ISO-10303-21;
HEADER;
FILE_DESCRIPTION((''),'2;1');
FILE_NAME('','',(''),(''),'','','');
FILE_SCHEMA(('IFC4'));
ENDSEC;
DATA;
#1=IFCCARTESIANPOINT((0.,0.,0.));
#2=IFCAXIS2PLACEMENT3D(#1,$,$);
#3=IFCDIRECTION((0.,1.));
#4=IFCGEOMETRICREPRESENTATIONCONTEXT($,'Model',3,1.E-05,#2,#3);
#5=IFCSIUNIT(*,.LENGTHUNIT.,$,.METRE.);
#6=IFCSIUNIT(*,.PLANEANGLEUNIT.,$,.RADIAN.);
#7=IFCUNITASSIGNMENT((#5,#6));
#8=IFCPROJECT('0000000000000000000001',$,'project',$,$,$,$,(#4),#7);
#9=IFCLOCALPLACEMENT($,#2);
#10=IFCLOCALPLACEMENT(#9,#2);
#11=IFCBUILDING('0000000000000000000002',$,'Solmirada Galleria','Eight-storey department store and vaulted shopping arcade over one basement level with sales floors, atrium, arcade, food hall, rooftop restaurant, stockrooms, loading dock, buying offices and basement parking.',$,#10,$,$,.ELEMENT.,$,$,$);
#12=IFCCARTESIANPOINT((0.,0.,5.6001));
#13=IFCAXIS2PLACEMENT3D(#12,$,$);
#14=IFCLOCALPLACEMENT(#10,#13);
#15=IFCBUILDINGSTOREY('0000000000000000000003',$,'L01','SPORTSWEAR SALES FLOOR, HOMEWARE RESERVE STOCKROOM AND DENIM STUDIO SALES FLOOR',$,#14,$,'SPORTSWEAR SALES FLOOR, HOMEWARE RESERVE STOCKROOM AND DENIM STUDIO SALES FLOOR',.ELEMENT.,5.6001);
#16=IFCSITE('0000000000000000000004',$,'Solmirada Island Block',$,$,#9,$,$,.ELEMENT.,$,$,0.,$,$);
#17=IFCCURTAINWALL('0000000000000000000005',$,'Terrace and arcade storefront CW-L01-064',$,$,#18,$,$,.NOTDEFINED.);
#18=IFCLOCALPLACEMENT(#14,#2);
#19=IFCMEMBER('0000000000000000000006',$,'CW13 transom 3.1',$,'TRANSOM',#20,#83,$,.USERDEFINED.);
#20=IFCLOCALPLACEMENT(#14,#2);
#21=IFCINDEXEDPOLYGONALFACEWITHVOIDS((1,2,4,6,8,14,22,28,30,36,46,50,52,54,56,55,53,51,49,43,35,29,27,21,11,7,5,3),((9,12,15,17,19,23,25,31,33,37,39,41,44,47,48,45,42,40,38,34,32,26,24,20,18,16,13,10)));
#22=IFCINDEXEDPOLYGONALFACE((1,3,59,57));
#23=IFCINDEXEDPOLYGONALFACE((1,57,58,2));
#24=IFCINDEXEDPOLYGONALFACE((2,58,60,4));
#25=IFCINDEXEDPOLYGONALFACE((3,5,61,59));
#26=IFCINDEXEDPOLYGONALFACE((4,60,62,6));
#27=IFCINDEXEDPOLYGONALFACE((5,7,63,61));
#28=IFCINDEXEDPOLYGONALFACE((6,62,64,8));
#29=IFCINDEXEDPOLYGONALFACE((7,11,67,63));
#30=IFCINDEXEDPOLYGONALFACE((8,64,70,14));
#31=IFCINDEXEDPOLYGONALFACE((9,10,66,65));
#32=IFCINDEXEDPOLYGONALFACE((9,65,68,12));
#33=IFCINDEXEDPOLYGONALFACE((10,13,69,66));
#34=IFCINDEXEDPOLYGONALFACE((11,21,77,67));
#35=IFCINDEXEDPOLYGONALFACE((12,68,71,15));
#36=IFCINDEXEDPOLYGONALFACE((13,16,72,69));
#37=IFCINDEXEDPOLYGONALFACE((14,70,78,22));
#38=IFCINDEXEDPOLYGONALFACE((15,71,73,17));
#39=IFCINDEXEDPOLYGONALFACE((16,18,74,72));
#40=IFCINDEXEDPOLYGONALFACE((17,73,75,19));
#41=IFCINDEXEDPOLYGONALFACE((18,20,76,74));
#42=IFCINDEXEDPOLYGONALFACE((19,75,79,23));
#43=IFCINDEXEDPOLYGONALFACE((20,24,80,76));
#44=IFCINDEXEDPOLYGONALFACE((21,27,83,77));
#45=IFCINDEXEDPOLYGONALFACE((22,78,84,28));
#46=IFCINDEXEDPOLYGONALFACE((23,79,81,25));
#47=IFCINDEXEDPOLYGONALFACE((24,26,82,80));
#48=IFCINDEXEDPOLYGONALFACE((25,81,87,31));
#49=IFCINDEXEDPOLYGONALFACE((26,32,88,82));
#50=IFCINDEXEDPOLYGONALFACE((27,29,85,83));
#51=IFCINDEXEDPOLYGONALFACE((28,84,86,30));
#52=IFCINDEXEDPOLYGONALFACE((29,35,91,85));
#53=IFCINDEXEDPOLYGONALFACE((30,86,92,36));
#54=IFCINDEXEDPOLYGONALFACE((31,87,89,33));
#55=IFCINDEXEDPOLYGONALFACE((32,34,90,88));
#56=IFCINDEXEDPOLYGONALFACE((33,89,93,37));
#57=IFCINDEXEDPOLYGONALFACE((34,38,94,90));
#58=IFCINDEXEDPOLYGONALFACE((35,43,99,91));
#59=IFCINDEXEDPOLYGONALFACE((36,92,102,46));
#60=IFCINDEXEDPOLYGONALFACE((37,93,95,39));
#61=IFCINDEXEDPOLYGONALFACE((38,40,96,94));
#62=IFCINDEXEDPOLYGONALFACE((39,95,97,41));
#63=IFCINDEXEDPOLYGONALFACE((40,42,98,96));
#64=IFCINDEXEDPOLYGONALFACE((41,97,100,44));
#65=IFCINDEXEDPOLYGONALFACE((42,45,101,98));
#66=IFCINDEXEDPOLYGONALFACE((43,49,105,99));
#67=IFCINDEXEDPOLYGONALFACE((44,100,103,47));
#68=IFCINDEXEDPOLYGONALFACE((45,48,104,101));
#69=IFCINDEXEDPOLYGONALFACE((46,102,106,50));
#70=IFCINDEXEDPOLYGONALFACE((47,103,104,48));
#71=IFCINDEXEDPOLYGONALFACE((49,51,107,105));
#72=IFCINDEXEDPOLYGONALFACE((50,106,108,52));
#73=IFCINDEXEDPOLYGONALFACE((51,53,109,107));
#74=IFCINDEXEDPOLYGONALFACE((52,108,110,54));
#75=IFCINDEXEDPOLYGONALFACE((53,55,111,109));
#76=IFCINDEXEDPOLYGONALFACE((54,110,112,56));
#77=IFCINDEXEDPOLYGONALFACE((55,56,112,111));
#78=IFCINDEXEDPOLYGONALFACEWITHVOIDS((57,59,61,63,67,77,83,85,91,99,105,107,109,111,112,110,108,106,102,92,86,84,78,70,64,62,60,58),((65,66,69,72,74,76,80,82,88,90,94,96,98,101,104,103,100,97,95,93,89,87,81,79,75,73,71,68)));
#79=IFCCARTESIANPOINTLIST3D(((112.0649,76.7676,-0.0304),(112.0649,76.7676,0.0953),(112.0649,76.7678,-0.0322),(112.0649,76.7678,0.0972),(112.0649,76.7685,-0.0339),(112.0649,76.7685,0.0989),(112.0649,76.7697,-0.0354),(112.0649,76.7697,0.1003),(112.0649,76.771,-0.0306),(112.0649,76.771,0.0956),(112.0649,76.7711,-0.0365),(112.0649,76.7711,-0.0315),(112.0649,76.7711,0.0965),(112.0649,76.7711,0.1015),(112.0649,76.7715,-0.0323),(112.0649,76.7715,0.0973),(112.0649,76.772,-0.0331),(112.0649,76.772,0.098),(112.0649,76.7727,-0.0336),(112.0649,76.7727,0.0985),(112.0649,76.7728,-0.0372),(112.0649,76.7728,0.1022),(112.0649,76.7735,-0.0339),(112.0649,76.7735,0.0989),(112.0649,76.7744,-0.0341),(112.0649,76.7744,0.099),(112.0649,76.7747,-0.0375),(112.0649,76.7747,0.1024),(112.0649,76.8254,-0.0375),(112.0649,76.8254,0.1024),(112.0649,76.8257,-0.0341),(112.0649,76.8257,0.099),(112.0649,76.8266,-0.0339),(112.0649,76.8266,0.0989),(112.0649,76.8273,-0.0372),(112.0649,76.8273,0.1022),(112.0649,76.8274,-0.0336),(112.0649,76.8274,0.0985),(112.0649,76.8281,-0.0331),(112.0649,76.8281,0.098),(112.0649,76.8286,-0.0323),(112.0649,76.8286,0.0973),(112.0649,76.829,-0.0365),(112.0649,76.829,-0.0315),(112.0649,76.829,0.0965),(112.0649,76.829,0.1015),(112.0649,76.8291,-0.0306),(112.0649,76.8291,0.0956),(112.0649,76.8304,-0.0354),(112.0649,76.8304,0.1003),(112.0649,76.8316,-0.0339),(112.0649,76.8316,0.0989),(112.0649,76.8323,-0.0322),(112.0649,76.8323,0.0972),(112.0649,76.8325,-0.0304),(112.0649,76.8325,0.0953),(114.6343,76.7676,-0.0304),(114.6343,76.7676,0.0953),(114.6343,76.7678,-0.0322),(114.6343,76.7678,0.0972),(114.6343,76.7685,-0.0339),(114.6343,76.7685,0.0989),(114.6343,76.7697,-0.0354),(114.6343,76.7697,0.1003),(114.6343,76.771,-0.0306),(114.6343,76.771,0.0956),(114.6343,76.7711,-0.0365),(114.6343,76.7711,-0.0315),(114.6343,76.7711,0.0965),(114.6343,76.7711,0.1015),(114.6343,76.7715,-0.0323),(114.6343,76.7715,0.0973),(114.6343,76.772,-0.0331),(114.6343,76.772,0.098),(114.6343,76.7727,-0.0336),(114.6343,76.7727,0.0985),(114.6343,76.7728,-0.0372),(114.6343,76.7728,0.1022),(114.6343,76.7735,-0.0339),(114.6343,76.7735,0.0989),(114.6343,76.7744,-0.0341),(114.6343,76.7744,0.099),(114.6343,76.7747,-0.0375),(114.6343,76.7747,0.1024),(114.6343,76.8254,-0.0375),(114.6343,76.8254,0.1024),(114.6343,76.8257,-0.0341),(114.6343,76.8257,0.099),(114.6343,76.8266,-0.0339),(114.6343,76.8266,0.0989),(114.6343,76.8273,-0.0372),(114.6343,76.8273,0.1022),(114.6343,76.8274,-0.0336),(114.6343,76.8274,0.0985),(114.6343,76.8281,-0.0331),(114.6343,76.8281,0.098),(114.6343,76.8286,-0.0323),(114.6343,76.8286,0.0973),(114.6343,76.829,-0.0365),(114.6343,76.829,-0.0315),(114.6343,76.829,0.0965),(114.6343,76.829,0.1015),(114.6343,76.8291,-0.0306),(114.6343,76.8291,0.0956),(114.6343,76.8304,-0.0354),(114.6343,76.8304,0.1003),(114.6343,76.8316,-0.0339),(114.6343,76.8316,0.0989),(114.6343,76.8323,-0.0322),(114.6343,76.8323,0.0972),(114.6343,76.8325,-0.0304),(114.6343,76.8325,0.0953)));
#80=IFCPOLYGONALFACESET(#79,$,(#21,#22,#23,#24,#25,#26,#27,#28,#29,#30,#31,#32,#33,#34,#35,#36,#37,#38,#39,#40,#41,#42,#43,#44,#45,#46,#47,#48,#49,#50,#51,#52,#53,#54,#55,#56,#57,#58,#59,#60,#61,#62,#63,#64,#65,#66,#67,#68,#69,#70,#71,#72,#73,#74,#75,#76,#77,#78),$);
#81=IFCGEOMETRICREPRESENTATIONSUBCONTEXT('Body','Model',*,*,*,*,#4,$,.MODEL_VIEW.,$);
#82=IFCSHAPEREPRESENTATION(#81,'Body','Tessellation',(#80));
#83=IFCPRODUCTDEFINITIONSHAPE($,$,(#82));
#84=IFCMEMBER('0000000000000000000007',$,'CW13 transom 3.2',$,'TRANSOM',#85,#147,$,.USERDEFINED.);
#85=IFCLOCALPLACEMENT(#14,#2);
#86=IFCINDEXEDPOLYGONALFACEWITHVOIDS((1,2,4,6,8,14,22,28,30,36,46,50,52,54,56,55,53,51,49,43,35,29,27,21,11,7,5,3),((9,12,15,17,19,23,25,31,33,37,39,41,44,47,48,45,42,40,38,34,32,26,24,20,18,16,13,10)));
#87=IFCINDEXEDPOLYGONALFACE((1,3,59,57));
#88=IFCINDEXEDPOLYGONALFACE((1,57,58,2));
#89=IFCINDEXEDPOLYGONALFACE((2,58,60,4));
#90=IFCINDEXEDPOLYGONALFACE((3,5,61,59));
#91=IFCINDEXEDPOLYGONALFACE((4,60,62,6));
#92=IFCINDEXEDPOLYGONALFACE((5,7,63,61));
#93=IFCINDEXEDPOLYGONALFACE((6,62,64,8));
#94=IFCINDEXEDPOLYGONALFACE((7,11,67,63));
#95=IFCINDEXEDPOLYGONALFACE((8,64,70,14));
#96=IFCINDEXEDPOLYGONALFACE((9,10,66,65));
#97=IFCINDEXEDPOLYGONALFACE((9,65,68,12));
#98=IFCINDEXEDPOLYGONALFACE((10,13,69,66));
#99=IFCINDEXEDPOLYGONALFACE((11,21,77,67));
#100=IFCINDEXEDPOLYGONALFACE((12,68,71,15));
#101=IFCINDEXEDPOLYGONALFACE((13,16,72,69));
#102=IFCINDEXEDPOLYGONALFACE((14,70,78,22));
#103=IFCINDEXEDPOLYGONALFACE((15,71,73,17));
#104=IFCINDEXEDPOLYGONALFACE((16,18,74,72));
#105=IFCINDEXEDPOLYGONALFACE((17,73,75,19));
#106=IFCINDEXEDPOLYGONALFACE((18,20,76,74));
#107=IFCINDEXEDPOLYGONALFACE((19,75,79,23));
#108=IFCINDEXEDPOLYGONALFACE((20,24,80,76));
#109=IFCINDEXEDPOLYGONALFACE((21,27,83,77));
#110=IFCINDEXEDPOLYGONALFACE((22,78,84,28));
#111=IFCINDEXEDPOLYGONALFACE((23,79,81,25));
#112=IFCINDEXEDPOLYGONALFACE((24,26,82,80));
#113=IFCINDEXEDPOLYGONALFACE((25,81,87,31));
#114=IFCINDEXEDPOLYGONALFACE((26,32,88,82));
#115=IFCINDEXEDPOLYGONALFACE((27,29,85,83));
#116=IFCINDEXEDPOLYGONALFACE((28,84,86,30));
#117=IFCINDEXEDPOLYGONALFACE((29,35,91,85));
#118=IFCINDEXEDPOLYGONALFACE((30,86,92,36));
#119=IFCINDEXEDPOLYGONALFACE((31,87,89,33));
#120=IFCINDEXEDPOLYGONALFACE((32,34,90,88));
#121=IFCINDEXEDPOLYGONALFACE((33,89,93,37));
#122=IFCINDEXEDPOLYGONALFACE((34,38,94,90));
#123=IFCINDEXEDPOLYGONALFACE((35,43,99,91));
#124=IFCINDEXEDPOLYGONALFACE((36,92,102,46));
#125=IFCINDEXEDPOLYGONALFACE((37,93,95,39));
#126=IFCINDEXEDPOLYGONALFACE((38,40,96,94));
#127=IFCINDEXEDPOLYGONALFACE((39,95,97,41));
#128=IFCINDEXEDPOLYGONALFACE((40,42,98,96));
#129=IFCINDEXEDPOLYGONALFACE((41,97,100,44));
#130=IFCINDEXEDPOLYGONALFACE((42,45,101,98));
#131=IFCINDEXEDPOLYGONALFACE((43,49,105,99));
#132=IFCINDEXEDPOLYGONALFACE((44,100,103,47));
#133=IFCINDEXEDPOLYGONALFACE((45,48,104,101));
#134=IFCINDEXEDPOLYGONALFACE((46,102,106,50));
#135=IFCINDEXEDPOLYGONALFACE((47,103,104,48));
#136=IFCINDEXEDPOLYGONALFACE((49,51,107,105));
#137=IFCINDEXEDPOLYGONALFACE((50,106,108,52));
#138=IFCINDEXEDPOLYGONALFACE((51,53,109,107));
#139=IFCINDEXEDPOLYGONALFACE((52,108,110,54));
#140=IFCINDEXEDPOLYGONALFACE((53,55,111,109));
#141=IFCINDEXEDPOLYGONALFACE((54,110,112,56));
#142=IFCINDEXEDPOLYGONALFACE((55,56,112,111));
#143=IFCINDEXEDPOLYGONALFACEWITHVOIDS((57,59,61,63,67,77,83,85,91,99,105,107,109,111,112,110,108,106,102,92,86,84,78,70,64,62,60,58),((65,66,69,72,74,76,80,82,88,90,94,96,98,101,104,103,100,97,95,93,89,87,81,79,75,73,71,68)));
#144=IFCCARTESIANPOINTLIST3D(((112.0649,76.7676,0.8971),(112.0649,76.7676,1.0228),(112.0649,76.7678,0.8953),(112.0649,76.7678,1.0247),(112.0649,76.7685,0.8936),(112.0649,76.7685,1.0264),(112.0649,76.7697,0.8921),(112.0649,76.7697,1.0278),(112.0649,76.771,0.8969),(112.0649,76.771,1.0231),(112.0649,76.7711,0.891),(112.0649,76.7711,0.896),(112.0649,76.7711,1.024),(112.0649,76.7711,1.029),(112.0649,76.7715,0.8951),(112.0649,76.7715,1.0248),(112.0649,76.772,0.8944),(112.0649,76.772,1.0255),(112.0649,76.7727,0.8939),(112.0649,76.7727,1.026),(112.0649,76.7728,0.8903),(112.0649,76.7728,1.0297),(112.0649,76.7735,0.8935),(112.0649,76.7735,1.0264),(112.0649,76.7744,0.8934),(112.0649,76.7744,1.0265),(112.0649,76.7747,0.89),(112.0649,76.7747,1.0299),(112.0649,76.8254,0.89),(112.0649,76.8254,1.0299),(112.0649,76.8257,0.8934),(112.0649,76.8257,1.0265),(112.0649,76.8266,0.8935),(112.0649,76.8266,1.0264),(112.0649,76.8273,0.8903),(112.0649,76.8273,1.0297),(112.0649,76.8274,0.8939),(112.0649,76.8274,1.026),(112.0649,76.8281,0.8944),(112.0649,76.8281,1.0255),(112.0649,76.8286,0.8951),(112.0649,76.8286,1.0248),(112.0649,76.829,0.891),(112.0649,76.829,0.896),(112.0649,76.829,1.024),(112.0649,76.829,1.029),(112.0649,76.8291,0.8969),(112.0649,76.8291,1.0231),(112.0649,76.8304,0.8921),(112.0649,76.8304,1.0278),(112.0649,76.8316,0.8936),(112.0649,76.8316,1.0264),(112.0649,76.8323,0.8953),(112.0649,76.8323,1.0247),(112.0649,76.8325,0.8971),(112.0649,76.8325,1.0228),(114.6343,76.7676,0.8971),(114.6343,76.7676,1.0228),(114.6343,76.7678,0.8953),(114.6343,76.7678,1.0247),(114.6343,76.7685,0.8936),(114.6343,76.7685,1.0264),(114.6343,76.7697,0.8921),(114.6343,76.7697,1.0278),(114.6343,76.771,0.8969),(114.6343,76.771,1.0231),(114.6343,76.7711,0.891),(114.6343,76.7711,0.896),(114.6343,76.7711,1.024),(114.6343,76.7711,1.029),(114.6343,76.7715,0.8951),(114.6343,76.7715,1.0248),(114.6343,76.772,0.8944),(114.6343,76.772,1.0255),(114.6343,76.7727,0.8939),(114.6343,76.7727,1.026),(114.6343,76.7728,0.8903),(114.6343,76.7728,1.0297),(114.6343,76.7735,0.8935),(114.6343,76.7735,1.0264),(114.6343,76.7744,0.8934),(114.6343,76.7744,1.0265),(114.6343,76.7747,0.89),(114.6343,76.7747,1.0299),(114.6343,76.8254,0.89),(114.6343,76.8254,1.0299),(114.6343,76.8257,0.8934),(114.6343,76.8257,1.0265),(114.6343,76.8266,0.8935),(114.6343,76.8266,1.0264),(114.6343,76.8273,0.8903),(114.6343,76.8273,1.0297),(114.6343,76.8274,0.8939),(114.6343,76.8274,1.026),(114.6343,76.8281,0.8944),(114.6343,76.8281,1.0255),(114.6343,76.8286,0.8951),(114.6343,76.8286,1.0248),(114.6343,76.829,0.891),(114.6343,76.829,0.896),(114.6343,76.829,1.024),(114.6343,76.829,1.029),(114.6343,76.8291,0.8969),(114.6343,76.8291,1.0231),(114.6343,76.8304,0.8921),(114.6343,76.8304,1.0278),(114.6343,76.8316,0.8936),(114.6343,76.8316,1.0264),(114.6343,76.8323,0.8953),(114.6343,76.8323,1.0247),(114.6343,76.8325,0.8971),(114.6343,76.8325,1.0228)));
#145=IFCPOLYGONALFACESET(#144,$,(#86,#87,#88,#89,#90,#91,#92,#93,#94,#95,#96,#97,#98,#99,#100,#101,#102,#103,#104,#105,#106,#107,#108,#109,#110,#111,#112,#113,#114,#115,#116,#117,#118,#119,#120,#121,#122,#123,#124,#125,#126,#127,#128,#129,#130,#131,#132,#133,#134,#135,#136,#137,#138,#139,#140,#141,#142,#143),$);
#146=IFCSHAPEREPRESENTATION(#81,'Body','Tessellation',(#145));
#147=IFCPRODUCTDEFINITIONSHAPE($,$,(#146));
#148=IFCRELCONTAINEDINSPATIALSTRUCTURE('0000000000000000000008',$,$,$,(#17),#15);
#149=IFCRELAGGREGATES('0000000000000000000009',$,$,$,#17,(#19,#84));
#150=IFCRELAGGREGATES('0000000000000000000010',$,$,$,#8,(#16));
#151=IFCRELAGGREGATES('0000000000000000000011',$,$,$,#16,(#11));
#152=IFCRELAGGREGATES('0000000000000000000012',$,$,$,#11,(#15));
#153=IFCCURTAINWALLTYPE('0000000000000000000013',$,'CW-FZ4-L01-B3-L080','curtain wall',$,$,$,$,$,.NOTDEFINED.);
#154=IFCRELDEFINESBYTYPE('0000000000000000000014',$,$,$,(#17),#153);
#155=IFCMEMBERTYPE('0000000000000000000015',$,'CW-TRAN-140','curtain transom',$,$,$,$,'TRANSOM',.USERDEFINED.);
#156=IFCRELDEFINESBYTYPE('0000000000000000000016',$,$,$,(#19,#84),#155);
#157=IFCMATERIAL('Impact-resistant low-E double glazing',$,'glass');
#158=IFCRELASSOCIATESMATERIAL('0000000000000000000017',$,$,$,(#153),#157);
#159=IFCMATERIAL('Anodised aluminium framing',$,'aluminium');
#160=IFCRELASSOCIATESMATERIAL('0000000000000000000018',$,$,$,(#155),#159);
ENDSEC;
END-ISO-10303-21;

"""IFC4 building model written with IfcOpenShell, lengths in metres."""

from ifc_helpers import new_model, si_unit, direction, frame, origin, origin_2d, place, context, subcontext, project, spatial, hollow_rectangle, extrude, material, material_profile, profile_set, type_object, element, aggregate, save


model = new_model("IFC4")

# Units and contexts
model_context = context("Model", 3, precision=1e-05, world=origin(), true_north=direction((0.0, 1.0)))
body_context = subcontext(model_context, "Body", "Model", "MODEL_VIEW")
ifc_project = project(units=[si_unit("LENGTHUNIT", "METRE"), si_unit("PLANEANGLEUNIT", "RADIAN")], contexts=[model_context])

# Site, building, storey
site_placement = place(None, origin())
site = spatial("IfcSite", under=ifc_project, at=site_placement, Name="Solmirada Island Block", CompositionType="ELEMENT", RefElevation=0.0)
building_placement = place(site_placement, origin())
building = spatial("IfcBuilding", under=site, at=building_placement, Name="Solmirada Galleria", Description="Eight-storey department store and vaulted shopping arcade over one basement level with sales floors, atrium, arcade, food hall, rooftop restaurant, stockrooms, loading dock, buying offices and basement parking.", CompositionType="ELEMENT")
storey_placement = place(building_placement, frame((0.0, 0.0, 5.6001)))
storey = spatial("IfcBuildingStorey", under=building, at=storey_placement, Name="L01", Description="SPORTSWEAR SALES FLOOR, HOMEWARE RESERVE STOCKROOM AND DENIM STUDIO SALES FLOOR", LongName="SPORTSWEAR SALES FLOOR, HOMEWARE RESERVE STOCKROOM AND DENIM STUDIO SALES FLOOR", CompositionType="ELEMENT", Elevation=5.6001)

# Curtain wall
ifc_material_1 = material(Name="Impact-resistant low-E double glazing", Category="glass")
curtain_wall_type_1 = type_object("IfcCurtainWallType", Name="CW-FZ4-L01-B3-L080", Description="curtain wall", PredefinedType="NOTDEFINED", material=ifc_material_1)
curtain_wall_1_placement = place(storey_placement, origin())
curtain_wall_1 = element("IfcCurtainWall", 1, at=curtain_wall_1_placement, inside=storey, type_object=curtain_wall_type_1, Name="Terrace and arcade storefront CW-L01-064", PredefinedType="NOTDEFINED")
ifc_material_2 = material(Name="Anodised aluminium framing", Category="aluminium")
ifc_material_profile_1 = material_profile(ifc_material_2, hollow_rectangle(XDim=0.0649, YDim=0.1399, WallThickness=0.0034, InnerFilletRadius=0.0034, OuterFilletRadius=0.0071, at=origin_2d()), Name="ALU-TRAN-140X65")
ifc_profile_set_1 = profile_set([ifc_material_profile_1], Name="Anodised aluminium framing")
member_type_1 = type_object("IfcMemberType", Name="CW-TRAN-140", Description="curtain transom", ElementType="TRANSOM", PredefinedType="USERDEFINED", material=ifc_profile_set_1)

# Members
member_1_placement = place(storey_placement, frame((114.6343, 76.8, 0.0325), z_axis=(-1.0, 0.0, 0.0), x_axis=(0.0, -1.0, 0.0)))
member_1 = element("IfcMember", 2, at=member_1_placement, type_object=member_type_1, Name="CW13 transom 3.1", ObjectType="TRANSOM", PredefinedType="USERDEFINED", context=body_context, shape_type="SweptSolid", body=[
    extrude(hollow_rectangle(XDim=0.0649, YDim=0.1399, WallThickness=0.0034, InnerFilletRadius=0.0034, OuterFilletRadius=0.0071, at=origin_2d()), origin(), (0.0, 0.0, 1.0), 2.5693),
])
member_2_placement = place(storey_placement, frame((114.6343, 76.8, 0.96), z_axis=(-1.0, 0.0, 0.0), x_axis=(0.0, -1.0, 0.0)))
member_2 = element("IfcMember", 3, at=member_2_placement, type_object=member_type_1, Name="CW13 transom 3.2", ObjectType="TRANSOM", PredefinedType="USERDEFINED", context=body_context, shape_type="SweptSolid", body=[
    extrude(hollow_rectangle(XDim=0.0649, YDim=0.1399, WallThickness=0.0034, InnerFilletRadius=0.0034, OuterFilletRadius=0.0071, at=origin_2d()), origin(), (0.0, 0.0, 1.0), 2.5693),
])

aggregate(curtain_wall_1, [member_1, member_2])

save(model, "model.ifc")
